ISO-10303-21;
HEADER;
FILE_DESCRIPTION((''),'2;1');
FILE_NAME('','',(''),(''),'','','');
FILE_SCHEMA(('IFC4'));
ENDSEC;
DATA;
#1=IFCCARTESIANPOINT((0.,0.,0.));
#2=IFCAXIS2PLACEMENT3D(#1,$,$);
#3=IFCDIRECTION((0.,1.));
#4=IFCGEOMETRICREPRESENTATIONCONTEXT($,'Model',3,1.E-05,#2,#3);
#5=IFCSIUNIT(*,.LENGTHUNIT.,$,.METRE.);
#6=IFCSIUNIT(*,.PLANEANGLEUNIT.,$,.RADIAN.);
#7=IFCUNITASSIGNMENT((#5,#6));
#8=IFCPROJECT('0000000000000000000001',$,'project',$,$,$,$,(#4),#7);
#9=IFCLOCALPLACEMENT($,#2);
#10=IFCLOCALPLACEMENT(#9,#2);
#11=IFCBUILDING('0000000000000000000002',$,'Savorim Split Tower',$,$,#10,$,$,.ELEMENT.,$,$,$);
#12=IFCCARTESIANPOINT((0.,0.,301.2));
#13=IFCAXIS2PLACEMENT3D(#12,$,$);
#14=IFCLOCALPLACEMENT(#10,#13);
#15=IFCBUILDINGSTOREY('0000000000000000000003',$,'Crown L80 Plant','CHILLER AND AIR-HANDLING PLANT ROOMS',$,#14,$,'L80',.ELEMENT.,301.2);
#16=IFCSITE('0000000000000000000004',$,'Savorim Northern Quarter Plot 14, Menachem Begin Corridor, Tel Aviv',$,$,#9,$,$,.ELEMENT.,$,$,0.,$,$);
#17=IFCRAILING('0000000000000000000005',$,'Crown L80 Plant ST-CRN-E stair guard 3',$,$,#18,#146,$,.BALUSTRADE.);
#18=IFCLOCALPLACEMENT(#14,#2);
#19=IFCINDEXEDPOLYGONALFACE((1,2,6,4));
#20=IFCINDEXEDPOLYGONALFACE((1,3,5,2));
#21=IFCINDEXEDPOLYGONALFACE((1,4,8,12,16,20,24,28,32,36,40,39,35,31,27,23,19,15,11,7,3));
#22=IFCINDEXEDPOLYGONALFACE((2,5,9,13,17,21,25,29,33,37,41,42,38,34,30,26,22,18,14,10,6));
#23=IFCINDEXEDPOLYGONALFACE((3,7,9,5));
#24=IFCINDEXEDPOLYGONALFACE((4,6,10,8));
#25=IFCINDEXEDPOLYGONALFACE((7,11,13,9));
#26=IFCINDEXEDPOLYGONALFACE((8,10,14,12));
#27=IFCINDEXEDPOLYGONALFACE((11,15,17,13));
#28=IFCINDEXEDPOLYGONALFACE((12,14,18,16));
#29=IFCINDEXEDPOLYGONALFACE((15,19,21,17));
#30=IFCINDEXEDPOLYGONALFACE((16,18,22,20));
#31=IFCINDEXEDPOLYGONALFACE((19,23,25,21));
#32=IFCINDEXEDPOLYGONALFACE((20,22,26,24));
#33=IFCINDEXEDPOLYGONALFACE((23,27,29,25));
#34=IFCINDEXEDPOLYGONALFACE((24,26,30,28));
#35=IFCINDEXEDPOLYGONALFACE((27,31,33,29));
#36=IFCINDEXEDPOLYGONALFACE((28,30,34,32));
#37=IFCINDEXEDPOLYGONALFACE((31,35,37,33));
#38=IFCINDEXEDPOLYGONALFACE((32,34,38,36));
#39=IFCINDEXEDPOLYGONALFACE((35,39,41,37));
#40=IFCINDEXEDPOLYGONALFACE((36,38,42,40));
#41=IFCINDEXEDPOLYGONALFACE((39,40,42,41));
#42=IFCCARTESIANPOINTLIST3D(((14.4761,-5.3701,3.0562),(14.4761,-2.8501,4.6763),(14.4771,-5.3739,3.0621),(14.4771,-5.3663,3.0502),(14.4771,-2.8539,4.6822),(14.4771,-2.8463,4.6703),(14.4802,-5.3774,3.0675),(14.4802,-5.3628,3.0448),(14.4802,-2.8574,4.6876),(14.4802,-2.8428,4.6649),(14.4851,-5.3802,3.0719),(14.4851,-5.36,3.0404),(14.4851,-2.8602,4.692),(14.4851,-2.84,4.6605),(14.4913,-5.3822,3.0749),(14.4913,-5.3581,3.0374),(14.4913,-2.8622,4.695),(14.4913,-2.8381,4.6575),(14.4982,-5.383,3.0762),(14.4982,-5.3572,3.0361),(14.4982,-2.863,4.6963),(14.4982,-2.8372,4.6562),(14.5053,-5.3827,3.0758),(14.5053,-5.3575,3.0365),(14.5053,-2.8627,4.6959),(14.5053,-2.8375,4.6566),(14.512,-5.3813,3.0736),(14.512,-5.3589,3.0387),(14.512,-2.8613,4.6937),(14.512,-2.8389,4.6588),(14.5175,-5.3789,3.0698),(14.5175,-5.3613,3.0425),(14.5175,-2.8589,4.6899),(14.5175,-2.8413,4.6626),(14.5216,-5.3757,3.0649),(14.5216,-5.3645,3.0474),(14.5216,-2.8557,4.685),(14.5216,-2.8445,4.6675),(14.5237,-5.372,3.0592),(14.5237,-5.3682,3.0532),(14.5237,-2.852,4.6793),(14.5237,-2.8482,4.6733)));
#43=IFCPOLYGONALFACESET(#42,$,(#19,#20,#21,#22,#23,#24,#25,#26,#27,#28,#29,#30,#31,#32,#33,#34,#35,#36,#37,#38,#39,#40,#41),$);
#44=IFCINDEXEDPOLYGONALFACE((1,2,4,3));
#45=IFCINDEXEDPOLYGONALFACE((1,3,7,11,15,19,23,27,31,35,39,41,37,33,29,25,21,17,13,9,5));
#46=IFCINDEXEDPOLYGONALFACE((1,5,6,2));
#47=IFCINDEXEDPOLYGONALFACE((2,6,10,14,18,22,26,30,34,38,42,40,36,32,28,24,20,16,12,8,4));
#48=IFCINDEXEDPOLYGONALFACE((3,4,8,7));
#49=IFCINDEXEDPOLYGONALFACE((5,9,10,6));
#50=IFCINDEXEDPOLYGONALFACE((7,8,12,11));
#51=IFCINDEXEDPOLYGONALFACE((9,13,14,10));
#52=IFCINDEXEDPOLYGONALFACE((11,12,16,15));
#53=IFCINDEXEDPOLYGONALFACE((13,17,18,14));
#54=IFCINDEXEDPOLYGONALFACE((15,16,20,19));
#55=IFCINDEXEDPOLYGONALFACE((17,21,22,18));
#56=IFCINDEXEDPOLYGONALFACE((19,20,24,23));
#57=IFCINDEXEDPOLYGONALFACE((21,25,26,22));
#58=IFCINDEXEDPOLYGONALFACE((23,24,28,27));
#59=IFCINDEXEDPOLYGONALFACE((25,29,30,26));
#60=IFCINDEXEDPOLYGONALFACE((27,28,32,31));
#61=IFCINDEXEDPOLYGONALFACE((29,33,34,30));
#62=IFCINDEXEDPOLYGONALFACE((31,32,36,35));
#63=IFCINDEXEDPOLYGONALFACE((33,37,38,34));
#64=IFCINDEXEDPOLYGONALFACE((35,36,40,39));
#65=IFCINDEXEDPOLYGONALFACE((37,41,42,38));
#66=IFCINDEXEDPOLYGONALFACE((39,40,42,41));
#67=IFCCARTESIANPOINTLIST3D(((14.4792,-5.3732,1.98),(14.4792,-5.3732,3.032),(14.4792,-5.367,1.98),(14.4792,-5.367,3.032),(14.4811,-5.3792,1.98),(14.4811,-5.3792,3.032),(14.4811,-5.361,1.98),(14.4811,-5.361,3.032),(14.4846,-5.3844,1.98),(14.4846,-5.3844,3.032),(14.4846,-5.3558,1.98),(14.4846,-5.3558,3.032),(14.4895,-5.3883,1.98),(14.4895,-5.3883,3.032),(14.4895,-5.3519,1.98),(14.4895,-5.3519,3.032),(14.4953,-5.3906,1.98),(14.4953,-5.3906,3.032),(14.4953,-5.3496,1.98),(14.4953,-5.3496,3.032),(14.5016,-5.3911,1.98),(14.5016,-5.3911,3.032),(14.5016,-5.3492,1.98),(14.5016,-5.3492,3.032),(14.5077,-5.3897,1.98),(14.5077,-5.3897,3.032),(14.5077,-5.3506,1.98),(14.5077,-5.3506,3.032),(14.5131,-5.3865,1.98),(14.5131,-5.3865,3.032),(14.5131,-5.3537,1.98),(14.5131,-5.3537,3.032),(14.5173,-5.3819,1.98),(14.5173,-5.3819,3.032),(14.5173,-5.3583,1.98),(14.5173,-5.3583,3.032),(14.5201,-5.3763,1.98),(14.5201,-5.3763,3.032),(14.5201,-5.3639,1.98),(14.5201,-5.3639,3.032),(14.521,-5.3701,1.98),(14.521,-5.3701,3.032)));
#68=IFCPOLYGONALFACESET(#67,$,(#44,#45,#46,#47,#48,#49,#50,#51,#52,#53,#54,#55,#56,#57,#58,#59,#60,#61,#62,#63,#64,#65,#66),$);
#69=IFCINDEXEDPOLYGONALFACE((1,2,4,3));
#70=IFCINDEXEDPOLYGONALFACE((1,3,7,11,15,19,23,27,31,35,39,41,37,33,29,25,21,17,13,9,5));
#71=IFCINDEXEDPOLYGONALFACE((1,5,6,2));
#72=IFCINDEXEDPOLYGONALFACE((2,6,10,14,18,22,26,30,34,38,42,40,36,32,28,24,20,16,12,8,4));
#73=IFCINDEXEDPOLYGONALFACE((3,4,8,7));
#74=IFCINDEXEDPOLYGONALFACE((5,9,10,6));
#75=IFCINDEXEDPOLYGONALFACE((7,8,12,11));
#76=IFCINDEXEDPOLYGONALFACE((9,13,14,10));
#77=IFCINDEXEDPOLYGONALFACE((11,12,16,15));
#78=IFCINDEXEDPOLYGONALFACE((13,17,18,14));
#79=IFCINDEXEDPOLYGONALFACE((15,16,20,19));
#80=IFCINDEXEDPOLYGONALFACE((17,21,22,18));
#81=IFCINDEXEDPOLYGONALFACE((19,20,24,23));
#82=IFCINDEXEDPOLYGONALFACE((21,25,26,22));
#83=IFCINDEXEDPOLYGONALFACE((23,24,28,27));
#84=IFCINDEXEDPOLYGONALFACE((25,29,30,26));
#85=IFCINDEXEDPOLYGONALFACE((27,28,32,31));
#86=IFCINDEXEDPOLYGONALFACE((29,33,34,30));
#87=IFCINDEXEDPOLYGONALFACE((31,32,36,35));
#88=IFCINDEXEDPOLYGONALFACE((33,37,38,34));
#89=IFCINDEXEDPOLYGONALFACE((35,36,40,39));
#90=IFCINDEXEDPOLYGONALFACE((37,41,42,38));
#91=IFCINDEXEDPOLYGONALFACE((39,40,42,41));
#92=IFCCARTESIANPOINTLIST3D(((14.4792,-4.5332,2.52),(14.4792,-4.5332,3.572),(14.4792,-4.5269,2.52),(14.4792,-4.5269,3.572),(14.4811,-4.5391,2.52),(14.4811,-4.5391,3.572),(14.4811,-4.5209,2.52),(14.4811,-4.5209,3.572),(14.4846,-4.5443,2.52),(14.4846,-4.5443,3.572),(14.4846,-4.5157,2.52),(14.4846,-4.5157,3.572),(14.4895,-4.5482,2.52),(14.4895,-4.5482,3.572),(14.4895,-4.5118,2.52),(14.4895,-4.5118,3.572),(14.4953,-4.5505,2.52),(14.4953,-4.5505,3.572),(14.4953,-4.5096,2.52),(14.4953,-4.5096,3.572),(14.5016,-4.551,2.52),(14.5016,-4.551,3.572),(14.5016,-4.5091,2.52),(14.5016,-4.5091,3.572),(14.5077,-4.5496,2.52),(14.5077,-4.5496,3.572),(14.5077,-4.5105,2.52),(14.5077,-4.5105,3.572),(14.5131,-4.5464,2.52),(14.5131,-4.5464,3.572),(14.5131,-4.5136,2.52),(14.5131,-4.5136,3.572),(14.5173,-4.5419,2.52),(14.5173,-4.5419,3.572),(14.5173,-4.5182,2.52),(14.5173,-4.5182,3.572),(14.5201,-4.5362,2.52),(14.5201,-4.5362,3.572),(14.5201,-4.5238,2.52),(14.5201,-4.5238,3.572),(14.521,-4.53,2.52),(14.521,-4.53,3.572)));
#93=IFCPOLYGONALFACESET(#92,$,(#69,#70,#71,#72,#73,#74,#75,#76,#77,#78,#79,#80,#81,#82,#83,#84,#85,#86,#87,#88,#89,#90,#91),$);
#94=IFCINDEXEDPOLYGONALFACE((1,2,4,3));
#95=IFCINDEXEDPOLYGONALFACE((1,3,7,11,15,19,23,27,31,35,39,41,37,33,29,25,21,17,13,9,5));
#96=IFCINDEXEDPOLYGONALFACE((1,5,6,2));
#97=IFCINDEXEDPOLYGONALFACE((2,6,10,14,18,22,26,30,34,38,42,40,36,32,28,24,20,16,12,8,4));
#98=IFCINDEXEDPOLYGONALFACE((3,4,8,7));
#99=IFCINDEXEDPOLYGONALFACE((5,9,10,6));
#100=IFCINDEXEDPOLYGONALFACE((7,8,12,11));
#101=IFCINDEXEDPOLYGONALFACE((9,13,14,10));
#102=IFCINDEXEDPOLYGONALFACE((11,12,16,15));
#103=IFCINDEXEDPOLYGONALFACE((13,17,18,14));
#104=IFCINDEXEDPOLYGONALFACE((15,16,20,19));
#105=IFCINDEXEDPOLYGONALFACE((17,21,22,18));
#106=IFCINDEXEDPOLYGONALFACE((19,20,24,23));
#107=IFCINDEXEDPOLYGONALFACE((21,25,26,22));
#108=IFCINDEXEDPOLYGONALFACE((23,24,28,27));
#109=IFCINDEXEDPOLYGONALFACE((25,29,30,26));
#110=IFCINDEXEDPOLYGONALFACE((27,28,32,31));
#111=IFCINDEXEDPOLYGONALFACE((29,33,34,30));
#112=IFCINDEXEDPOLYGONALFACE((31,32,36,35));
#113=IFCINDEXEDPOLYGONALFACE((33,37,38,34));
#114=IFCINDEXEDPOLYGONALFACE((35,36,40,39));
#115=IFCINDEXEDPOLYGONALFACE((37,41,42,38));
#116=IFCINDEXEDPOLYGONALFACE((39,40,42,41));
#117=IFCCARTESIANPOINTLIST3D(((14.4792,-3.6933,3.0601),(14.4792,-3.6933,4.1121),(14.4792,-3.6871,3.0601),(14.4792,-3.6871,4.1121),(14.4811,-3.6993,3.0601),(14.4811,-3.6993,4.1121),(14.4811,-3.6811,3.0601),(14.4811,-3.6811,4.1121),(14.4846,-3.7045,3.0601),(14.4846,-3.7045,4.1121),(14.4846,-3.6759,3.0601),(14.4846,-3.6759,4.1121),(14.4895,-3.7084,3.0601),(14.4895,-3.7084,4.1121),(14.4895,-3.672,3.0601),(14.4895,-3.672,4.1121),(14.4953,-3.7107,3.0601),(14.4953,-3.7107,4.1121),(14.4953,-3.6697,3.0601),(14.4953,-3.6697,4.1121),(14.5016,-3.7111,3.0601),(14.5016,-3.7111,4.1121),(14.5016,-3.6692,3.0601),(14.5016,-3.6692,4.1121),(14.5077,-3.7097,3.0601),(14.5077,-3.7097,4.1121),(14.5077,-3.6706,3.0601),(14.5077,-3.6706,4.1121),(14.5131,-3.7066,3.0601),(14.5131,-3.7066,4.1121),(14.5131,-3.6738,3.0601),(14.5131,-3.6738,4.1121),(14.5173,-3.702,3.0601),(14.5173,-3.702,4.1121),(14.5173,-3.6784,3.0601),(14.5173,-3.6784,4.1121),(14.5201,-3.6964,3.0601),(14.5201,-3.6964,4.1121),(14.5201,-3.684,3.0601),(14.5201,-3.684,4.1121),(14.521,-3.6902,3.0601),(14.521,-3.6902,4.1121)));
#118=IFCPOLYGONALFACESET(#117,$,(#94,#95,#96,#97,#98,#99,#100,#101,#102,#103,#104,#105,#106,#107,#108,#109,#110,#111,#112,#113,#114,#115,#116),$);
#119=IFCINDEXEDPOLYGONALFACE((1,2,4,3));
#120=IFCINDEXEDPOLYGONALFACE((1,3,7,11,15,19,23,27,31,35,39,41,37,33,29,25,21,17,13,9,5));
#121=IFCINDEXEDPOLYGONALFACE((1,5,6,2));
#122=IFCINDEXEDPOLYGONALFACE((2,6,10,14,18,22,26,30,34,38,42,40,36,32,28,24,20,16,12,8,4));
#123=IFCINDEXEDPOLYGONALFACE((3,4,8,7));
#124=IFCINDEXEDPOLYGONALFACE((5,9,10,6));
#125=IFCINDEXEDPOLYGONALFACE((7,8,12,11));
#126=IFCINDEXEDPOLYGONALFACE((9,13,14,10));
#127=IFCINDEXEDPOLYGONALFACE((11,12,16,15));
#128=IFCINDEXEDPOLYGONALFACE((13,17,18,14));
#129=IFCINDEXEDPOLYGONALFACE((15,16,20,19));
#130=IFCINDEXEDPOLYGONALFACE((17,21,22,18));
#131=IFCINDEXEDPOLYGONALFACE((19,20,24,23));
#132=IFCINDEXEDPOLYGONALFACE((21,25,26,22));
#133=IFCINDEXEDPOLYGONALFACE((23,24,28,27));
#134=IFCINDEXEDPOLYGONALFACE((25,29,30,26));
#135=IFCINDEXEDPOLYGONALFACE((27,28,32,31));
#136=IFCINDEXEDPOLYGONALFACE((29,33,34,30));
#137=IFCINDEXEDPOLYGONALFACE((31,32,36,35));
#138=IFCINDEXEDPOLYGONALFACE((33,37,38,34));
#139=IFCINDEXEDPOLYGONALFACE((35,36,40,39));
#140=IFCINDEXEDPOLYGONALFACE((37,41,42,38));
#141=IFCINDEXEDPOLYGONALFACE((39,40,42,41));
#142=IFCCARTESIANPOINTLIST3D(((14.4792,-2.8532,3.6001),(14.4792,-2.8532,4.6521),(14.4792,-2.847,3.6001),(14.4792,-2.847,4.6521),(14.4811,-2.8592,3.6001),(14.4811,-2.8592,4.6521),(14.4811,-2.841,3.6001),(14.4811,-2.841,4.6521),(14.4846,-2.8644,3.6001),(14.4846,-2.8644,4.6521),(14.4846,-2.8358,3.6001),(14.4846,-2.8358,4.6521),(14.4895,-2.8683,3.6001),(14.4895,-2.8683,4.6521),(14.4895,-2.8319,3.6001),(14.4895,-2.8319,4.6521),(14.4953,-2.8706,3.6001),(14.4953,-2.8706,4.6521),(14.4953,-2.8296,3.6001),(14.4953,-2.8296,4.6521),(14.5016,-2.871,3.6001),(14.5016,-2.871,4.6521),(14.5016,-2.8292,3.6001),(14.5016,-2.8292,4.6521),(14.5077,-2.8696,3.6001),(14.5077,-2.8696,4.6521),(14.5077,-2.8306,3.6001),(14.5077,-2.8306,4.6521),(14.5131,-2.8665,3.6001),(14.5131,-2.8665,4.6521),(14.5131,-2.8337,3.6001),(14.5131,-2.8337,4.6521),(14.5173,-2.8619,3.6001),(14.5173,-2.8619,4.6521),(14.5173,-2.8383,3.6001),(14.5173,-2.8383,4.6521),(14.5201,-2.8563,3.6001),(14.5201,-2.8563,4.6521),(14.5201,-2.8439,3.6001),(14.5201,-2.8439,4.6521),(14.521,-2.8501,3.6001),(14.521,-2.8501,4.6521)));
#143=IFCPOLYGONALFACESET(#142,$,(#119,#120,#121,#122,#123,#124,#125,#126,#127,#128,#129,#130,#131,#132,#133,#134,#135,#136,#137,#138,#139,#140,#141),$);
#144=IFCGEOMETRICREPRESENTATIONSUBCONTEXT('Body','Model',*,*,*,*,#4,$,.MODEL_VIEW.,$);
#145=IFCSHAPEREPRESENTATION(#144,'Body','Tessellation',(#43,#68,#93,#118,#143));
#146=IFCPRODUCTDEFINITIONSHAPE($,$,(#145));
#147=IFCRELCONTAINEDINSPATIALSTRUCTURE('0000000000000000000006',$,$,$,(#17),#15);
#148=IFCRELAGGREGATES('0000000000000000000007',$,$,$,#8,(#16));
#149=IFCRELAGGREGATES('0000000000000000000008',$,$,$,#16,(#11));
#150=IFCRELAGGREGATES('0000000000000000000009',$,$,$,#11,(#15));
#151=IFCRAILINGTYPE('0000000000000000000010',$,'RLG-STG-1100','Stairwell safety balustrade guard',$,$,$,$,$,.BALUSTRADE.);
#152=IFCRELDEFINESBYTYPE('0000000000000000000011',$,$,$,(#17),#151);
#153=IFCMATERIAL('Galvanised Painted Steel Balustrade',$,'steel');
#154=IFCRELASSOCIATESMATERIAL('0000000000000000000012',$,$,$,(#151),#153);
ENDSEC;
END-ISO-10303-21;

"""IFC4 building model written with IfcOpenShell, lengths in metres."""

from ifc_helpers import new_model, si_unit, direction, frame, origin, origin_2d, place, context, subcontext, project, spatial, circle, extrude, material, type_object, element, save


model = new_model("IFC4")

# Units and contexts
model_context = context("Model", 3, precision=1e-05, world=origin(), true_north=direction((0.0, 1.0)))
body_context = subcontext(model_context, "Body", "Model", "MODEL_VIEW")
ifc_project = project(units=[si_unit("LENGTHUNIT", "METRE"), si_unit("PLANEANGLEUNIT", "RADIAN")], contexts=[model_context])

# Site, building, storey
site_placement = place(None, origin())
site = spatial("IfcSite", under=ifc_project, at=site_placement, Name="Savorim Northern Quarter Plot 14, Menachem Begin Corridor, Tel Aviv", CompositionType="ELEMENT", RefElevation=0.0)
building_placement = place(site_placement, origin())
building = spatial("IfcBuilding", under=site, at=building_placement, Name="Savorim Split Tower", CompositionType="ELEMENT")
storey_placement = place(building_placement, frame((0.0, 0.0, 301.2)))
storey = spatial("IfcBuildingStorey", under=building, at=storey_placement, Name="Crown L80 Plant", Description="CHILLER AND AIR-HANDLING PLANT ROOMS", LongName="L80", CompositionType="ELEMENT", Elevation=301.2)

# Railing
ifc_material_1 = material(Name="Galvanised Painted Steel Balustrade", Category="steel")
railing_type_1 = type_object("IfcRailingType", Name="RLG-STG-1100", Description="Stairwell safety balustrade guard", PredefinedType="BALUSTRADE", material=ifc_material_1)
railing_1_placement = place(storey_placement, frame((14.5, -5.3701, 1.98)))
element("IfcRailing", 1, at=railing_1_placement, inside=storey, type_object=railing_type_1, Name="Crown L80 Plant ST-CRN-E stair guard 3", PredefinedType="BALUSTRADE", context=body_context, shape_type="SweptSolid", body=[
    extrude(circle(Radius=0.0239, at=origin_2d()), frame((0.0, 0.0, 1.0762), z_axis=(0.0, 0.841163, 0.540782), x_axis=(-1.0, 0.0, 0.0)), (0.0, 0.0, 1.0), 2.9958),
    extrude(circle(Radius=0.021, at=origin_2d()), origin(), (0.0, 0.0, 1.0), 1.052),
    extrude(circle(Radius=0.021, at=origin_2d()), frame((0.0, 0.8401, 0.54)), (0.0, 0.0, 1.0), 1.052),
    extrude(circle(Radius=0.021, at=origin_2d()), frame((0.0, 1.6799, 1.0801)), (0.0, 0.0, 1.0), 1.052),
    extrude(circle(Radius=0.021, at=origin_2d()), frame((0.0, 2.52, 1.6201)), (0.0, 0.0, 1.0), 1.052),
])

save(model, "model.ifc")
